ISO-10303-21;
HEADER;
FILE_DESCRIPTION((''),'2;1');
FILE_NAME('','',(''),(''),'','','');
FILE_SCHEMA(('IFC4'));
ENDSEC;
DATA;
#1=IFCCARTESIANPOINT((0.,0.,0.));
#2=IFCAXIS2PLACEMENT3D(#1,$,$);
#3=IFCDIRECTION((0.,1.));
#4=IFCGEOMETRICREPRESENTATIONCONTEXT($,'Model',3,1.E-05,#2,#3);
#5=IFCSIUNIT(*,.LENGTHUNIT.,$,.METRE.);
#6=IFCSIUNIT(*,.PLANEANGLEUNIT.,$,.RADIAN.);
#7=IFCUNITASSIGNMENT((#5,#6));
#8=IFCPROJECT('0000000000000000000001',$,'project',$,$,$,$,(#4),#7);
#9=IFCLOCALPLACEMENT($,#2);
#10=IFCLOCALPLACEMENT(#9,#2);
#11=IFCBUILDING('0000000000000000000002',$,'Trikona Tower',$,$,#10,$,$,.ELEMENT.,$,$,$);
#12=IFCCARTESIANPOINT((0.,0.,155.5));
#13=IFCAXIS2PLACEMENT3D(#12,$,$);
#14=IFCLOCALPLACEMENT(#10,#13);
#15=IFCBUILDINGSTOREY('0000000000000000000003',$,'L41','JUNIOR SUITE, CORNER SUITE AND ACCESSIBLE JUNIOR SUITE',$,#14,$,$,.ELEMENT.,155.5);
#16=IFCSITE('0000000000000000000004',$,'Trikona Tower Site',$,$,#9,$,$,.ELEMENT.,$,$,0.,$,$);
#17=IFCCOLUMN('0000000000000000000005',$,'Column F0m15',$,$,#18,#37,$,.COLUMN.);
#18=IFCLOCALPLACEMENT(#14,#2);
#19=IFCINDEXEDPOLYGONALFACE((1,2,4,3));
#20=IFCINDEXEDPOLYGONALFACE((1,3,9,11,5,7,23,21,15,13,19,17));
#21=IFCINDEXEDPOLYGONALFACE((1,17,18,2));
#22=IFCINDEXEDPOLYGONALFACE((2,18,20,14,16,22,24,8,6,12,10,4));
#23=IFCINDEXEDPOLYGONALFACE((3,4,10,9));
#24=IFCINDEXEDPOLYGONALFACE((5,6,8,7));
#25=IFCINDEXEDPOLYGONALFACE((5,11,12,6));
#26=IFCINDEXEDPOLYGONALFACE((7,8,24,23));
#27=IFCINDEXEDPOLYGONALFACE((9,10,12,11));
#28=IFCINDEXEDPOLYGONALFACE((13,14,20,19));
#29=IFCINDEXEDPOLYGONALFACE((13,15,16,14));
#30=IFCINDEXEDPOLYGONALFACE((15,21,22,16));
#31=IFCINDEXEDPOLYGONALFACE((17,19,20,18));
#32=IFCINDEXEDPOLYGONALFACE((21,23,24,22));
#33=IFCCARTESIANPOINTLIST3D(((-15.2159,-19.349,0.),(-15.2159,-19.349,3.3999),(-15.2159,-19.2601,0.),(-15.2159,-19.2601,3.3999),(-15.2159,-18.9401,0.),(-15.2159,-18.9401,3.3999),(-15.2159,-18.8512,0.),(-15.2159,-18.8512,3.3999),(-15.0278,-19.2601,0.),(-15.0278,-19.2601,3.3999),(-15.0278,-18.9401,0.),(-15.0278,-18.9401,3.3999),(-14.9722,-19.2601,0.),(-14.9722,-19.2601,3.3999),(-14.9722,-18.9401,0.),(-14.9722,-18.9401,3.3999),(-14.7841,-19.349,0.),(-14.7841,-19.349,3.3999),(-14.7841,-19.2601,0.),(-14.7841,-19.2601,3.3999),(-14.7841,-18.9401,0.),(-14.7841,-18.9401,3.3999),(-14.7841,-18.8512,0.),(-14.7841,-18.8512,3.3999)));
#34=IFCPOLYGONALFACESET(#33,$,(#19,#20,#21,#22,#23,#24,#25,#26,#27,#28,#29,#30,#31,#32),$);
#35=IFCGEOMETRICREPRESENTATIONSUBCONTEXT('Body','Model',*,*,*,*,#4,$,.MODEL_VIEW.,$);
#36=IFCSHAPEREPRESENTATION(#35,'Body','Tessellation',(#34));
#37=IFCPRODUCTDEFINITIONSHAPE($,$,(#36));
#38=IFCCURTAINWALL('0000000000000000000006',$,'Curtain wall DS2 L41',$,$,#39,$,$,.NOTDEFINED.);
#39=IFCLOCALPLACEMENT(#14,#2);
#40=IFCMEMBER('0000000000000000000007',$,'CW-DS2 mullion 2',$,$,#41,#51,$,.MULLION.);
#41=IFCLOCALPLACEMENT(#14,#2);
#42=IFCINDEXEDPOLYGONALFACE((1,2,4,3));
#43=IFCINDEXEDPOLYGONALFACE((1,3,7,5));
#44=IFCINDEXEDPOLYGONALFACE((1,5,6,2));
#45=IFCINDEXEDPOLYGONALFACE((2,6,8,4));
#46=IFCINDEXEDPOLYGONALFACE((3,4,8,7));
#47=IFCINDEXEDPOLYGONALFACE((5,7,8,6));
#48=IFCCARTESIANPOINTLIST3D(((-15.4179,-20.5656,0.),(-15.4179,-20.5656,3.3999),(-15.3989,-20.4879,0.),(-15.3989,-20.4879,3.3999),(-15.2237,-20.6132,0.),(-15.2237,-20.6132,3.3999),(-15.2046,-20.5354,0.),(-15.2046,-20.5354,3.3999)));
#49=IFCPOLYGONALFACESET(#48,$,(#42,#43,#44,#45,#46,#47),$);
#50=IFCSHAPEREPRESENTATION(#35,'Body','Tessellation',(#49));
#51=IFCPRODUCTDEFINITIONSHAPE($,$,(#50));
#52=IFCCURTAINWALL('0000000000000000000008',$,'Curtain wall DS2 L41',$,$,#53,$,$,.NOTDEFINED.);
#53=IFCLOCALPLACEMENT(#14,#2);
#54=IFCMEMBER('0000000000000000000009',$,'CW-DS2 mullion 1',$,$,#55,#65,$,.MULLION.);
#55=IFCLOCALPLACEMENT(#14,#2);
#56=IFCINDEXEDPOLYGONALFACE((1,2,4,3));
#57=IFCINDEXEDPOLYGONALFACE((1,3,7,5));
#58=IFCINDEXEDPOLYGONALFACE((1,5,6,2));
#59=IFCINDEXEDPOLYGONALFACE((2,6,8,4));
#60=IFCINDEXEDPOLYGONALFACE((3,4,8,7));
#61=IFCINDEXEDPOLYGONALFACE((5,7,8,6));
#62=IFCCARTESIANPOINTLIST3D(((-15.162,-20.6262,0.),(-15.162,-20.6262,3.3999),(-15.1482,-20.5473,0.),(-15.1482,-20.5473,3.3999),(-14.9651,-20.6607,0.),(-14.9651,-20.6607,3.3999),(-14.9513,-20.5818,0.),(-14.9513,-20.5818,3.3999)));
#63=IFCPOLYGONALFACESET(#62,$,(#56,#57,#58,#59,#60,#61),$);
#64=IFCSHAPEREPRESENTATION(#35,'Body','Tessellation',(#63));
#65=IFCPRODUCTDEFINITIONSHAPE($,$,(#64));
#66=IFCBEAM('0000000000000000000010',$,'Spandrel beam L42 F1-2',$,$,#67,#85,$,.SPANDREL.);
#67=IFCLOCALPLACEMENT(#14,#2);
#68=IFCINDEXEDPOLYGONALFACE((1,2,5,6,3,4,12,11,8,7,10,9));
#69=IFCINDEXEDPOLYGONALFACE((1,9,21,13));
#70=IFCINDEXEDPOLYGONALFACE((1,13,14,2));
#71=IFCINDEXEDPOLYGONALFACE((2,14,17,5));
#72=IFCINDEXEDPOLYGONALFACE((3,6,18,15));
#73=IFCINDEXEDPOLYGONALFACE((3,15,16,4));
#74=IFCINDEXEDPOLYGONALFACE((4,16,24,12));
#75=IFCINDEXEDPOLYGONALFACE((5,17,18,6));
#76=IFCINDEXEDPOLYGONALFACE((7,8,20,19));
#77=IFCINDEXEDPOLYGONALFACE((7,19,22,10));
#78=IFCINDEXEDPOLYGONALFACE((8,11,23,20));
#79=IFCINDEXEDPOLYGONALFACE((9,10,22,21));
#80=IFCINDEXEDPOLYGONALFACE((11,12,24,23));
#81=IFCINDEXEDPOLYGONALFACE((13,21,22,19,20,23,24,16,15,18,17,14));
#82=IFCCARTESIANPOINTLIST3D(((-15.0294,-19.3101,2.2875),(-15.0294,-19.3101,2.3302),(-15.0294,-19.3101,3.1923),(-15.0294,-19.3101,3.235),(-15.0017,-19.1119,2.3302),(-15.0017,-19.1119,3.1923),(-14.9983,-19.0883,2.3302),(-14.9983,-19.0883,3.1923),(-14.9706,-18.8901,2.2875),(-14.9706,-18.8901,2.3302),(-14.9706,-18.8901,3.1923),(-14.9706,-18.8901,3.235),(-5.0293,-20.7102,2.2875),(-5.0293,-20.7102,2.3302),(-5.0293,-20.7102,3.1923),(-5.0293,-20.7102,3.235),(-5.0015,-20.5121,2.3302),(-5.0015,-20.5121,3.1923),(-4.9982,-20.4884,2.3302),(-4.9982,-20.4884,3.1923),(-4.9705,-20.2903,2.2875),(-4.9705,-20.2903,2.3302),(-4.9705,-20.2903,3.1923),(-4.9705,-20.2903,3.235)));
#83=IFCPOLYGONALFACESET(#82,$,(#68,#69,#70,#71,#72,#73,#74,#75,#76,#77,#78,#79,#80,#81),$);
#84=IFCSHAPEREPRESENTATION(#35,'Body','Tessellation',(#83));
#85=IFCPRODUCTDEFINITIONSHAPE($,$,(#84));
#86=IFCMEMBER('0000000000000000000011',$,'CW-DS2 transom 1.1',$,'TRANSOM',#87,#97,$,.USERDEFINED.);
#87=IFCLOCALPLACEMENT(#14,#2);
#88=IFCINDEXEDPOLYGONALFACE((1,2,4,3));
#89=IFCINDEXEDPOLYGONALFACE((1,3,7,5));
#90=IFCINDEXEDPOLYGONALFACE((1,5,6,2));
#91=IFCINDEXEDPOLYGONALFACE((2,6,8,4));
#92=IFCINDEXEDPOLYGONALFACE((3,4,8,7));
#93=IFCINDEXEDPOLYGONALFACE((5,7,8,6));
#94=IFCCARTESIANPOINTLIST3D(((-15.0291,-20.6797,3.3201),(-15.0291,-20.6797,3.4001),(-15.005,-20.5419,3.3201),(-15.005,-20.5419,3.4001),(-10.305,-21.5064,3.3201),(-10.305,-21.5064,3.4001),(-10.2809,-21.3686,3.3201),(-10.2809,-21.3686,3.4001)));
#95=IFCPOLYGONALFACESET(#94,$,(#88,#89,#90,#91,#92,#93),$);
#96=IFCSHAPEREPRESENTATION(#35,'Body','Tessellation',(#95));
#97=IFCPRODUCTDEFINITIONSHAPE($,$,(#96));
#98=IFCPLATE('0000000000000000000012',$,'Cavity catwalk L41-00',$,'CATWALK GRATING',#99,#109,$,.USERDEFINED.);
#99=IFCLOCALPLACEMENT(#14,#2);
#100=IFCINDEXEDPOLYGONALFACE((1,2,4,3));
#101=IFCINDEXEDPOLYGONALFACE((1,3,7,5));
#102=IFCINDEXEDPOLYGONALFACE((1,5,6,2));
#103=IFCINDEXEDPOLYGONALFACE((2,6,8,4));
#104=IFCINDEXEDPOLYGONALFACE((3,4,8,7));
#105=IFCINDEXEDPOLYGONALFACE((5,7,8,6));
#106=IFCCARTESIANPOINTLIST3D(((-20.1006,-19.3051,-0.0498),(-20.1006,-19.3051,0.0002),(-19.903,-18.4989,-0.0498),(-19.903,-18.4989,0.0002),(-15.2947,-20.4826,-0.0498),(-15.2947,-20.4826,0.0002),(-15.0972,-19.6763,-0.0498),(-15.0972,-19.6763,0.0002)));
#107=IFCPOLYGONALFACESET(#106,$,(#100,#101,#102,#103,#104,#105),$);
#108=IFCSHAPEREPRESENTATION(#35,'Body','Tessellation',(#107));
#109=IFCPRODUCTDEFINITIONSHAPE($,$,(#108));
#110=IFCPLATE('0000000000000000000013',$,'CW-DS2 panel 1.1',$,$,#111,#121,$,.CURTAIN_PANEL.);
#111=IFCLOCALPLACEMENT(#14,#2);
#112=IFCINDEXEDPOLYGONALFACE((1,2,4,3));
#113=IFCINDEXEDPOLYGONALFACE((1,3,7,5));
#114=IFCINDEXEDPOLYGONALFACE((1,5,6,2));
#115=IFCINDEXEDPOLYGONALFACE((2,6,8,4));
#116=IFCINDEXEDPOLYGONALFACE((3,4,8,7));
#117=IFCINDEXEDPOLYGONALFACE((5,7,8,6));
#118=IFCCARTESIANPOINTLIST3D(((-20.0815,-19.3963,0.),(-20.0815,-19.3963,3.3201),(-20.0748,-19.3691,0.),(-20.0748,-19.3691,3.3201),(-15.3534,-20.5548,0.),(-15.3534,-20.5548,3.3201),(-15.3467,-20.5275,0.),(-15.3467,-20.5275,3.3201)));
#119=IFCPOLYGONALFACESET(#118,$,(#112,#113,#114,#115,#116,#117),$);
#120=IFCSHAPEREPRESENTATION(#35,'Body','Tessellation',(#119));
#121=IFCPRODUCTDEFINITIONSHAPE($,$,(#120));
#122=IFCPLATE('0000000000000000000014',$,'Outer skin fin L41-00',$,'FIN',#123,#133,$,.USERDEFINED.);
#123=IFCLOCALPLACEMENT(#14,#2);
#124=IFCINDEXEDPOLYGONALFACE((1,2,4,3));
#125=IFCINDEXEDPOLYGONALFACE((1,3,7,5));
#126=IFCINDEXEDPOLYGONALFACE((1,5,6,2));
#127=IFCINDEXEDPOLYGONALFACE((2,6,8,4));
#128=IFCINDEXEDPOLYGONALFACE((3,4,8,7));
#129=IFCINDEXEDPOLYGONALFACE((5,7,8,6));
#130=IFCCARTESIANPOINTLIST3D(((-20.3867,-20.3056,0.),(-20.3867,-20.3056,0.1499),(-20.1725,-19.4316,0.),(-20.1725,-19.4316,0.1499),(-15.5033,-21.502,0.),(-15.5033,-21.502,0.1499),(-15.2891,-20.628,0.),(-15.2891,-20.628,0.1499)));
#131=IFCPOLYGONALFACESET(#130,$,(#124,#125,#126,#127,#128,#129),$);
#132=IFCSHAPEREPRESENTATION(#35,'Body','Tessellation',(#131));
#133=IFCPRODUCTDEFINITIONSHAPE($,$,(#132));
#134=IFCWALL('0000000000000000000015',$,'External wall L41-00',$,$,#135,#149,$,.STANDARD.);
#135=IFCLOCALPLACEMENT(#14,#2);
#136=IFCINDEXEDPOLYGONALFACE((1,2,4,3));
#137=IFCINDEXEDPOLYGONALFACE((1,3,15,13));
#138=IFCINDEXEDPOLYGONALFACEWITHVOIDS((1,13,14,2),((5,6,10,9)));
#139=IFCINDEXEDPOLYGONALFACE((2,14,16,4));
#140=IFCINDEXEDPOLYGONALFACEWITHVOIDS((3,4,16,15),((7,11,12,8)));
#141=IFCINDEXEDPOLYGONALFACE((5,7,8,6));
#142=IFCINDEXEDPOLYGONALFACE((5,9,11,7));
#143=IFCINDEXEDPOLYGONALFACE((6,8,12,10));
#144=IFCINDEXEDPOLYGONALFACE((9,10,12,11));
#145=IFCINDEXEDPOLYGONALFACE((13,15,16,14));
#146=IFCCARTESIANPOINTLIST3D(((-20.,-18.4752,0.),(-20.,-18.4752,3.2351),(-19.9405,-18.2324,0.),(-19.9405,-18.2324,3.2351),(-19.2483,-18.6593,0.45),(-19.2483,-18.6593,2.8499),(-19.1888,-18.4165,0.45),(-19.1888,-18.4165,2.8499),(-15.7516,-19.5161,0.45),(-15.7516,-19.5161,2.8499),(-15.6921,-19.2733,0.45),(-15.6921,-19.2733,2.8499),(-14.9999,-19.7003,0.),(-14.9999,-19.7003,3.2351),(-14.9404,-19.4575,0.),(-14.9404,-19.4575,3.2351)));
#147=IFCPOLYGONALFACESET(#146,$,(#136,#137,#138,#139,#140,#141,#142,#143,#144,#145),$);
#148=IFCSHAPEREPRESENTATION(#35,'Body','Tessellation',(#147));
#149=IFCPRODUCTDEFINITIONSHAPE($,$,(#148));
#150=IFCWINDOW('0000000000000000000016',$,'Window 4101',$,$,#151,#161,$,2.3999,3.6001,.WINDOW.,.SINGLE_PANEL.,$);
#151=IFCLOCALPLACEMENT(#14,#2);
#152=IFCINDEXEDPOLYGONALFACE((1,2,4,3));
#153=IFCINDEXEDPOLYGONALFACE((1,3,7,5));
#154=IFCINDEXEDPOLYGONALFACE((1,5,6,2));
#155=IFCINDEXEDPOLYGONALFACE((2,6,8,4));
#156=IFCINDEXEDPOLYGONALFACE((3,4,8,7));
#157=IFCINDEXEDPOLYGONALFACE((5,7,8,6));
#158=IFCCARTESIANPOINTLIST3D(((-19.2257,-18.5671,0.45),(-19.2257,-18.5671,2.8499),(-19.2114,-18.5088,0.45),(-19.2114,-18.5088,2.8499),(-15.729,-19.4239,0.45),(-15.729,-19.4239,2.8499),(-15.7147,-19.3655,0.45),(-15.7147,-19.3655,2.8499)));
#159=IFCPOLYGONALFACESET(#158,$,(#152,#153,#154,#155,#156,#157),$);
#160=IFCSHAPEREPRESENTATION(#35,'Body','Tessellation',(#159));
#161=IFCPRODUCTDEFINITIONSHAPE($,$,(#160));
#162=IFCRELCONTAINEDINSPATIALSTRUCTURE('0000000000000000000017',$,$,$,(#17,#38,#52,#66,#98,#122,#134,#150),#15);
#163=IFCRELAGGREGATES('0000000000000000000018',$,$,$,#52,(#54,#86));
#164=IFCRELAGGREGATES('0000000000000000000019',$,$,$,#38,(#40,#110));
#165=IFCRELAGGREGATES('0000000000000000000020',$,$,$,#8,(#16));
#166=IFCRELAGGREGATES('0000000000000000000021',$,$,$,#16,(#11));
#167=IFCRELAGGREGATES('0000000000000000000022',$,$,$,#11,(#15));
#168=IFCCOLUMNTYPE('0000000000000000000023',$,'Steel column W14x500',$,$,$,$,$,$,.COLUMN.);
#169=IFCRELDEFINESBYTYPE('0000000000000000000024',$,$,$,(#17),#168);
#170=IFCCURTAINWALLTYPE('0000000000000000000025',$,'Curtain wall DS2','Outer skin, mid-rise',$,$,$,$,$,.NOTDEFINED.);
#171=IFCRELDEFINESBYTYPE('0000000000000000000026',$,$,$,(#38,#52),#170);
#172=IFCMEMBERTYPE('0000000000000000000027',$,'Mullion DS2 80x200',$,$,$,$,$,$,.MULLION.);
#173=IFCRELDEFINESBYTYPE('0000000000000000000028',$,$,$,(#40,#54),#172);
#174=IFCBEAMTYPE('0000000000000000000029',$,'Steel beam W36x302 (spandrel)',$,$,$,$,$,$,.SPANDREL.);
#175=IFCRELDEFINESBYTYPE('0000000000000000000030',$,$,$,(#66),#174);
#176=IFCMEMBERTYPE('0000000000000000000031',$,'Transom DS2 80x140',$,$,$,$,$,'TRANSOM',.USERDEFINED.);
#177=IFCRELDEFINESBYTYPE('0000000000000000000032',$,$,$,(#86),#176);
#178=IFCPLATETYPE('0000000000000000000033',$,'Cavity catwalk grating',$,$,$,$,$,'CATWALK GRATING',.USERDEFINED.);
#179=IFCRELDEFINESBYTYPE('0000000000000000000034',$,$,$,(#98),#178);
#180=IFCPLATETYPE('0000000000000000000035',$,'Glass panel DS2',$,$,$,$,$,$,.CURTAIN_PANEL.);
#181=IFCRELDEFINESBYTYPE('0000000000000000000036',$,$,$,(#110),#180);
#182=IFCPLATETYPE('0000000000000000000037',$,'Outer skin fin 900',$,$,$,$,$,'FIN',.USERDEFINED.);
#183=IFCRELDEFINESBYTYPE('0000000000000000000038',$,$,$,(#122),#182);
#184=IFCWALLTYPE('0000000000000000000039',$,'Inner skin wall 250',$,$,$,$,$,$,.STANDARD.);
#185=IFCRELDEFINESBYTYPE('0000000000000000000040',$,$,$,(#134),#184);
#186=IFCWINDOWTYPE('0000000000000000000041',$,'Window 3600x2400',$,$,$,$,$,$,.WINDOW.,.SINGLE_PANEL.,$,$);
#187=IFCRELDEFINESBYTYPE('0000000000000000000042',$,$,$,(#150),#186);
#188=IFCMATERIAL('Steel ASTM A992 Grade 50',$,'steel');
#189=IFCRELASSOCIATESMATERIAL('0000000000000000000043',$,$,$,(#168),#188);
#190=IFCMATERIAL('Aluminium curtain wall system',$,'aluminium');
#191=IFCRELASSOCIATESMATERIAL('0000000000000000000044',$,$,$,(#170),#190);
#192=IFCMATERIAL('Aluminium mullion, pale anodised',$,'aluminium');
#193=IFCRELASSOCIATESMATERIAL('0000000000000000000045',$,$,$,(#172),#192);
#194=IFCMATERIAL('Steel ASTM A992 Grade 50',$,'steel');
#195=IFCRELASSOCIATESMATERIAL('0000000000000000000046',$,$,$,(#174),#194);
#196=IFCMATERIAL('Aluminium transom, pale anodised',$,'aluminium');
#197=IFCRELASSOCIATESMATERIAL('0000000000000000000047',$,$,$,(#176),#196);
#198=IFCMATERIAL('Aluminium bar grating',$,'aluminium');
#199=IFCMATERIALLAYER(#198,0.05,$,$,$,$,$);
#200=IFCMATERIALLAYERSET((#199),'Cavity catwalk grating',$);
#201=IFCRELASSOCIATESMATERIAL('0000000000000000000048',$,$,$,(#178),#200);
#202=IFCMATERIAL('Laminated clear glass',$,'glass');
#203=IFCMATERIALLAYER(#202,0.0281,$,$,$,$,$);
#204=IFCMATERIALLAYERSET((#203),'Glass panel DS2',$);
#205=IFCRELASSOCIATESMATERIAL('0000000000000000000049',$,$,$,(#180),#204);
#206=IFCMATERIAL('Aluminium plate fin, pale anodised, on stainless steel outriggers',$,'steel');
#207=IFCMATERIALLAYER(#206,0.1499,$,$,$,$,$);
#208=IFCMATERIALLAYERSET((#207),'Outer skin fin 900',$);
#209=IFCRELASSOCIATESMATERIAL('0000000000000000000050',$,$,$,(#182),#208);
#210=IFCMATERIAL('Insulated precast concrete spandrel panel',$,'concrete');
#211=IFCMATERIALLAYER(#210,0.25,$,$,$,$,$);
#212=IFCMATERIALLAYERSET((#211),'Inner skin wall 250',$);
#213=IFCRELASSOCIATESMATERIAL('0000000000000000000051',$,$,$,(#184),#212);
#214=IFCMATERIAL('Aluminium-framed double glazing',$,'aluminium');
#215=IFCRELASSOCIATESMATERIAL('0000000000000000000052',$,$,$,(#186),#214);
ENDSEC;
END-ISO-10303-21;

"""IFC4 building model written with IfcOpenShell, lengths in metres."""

from ifc_helpers import new_model, si_unit, direction, frame, frame_2d, origin, origin_2d, place, context, subcontext, project, spatial, rectangle, i_section, extrude, material, layer, layer_set, material_profile, profile_set, type_object, element, fill, aggregate, save


model = new_model("IFC4")

# Units and contexts
model_context = context("Model", 3, precision=1e-05, world=origin(), true_north=direction((0.0, 1.0)))
body_context = subcontext(model_context, "Body", "Model", "MODEL_VIEW")
ifc_project = project(units=[si_unit("LENGTHUNIT", "METRE"), si_unit("PLANEANGLEUNIT", "RADIAN")], contexts=[model_context])

# Site, building, storey
site_placement = place(None, origin())
site = spatial("IfcSite", under=ifc_project, at=site_placement, Name="Trikona Tower Site", CompositionType="ELEMENT", RefElevation=0.0)
building_placement = place(site_placement, origin())
building = spatial("IfcBuilding", under=site, at=building_placement, Name="Trikona Tower", CompositionType="ELEMENT")
storey_placement = place(building_placement, frame((0.0, 0.0, 155.5)))
storey = spatial("IfcBuildingStorey", under=building, at=storey_placement, Name="L41", Description="JUNIOR SUITE, CORNER SUITE AND ACCESSIBLE JUNIOR SUITE", CompositionType="ELEMENT", Elevation=155.5)

# Column
ifc_material_1 = material(Name="Steel ASTM A992 Grade 50", Category="steel")
ifc_material_profile_1 = material_profile(ifc_material_1, i_section(OverallWidth=0.4319, OverallDepth=0.4978, WebThickness=0.0557, FlangeThickness=0.0889, at=origin_2d()), Name="W14X500")
ifc_profile_set_1 = profile_set([ifc_material_profile_1], Name="Steel ASTM A992 Grade 50")
column_type = type_object("IfcColumnType", Name="Steel column W14x500", PredefinedType="COLUMN", material=ifc_profile_set_1)
column_placement = place(storey_placement, frame((-15.0, -19.1001, 0.0), z_axis=(0.0, 0.0, 1.0), x_axis=(1.0, 0.0, 0.0)))
element("IfcColumn", 1, at=column_placement, inside=storey, type_object=column_type, Name="Column F0m15", PredefinedType="COLUMN", context=body_context, shape_type="SweptSolid", body=[
    extrude(i_section(OverallWidth=0.4319, OverallDepth=0.4978, WebThickness=0.0557, FlangeThickness=0.0889, at=origin_2d()), origin(), (0.0, 0.0, 1.0), 3.3999),
])

# Curtain walls, members
ifc_material_2 = material(Name="Aluminium curtain wall system", Category="aluminium")
curtain_wall_type = type_object("IfcCurtainWallType", Name="Curtain wall DS2", Description="Outer skin, mid-rise", PredefinedType="NOTDEFINED", material=ifc_material_2)
curtain_wall_1_placement = place(storey_placement, origin())
curtain_wall_1 = element("IfcCurtainWall", 2, at=curtain_wall_1_placement, inside=storey, type_object=curtain_wall_type, Name="Curtain wall DS2 L41", PredefinedType="NOTDEFINED")
ifc_material_3 = material(Name="Aluminium mullion, pale anodised", Category="aluminium")
ifc_material_profile_2 = material_profile(ifc_material_3, rectangle(XDim=0.0801, YDim=0.2, at=origin_2d()), Name="MUL-DS2")
ifc_profile_set_2 = profile_set([ifc_material_profile_2], Name="Aluminium mullion, pale anodised")
member_type_1 = type_object("IfcMemberType", Name="Mullion DS2 80x200", PredefinedType="MULLION", material=ifc_profile_set_2)
member_1_placement = place(storey_placement, frame((-15.3113, -20.5505, 0.0), z_axis=(0.0, 0.0, 1.0), x_axis=(0.23797, 0.971272, 0.0)))
member_1 = element("IfcMember", 3, at=member_1_placement, type_object=member_type_1, Name="CW-DS2 mullion 2", PredefinedType="MULLION", context=body_context, shape_type="SweptSolid", body=[
    extrude(rectangle(XDim=0.0801, YDim=0.2, at=origin_2d()), origin(), (0.0, 0.0, 1.0), 3.3999),
])
curtain_wall_2_placement = place(storey_placement, origin())
curtain_wall_2 = element("IfcCurtainWall", 4, at=curtain_wall_2_placement, inside=storey, type_object=curtain_wall_type, Name="Curtain wall DS2 L41", PredefinedType="NOTDEFINED")
member_2_placement = place(storey_placement, frame((-15.0566, -20.604, 0.0), z_axis=(0.0, 0.0, 1.0), x_axis=(0.172377, 0.985031, 0.0)))
member_2 = element("IfcMember", 5, at=member_2_placement, type_object=member_type_1, Name="CW-DS2 mullion 1", PredefinedType="MULLION", context=body_context, shape_type="SweptSolid", body=[
    extrude(rectangle(XDim=0.0801, YDim=0.2, at=origin_2d()), origin(), (0.0, 0.0, 1.0), 3.3999),
])

# Beam
ifc_material_4 = material(Name="Steel ASTM A992 Grade 50", Category="steel")
ifc_material_profile_3 = material_profile(ifc_material_4, i_section(OverallWidth=0.4241, OverallDepth=0.9475, WebThickness=0.0239, FlangeThickness=0.0427, at=origin_2d()), Name="W36X302")
ifc_profile_set_3 = profile_set([ifc_material_profile_3], Name="Steel ASTM A992 Grade 50")
beam_type = type_object("IfcBeamType", Name="Steel beam W36x302 (spandrel)", PredefinedType="SPANDREL", material=ifc_profile_set_3)
beam_placement = place(storey_placement, frame((-15.0, -19.1001, 2.7612), z_axis=(0.99034, -0.138662, 0.0), x_axis=(0.138662, 0.99034, 0.0)))
element("IfcBeam", 6, at=beam_placement, inside=storey, type_object=beam_type, Name="Spandrel beam L42 F1-2", PredefinedType="SPANDREL", context=body_context, shape_type="SweptSolid", body=[
    extrude(i_section(OverallWidth=0.4241, OverallDepth=0.9475, WebThickness=0.0239, FlangeThickness=0.0427, at=origin_2d()), origin(), (0.0, 0.0, 1.0), 10.0977),
])

# Member
ifc_material_5 = material(Name="Aluminium transom, pale anodised", Category="aluminium")
ifc_material_profile_4 = material_profile(ifc_material_5, rectangle(XDim=0.1399, YDim=0.0801, at=origin_2d()), Name="TRN-DS2")
ifc_profile_set_4 = profile_set([ifc_material_profile_4], Name="Aluminium transom, pale anodised")
member_type_2 = type_object("IfcMemberType", Name="Transom DS2 80x140", ElementType="TRANSOM", PredefinedType="USERDEFINED", material=ifc_profile_set_4)
member_3_placement = place(storey_placement, frame((-15.0171, -20.6108, 3.3601), z_axis=(0.985033, -0.172368, 0.0), x_axis=(0.172368, 0.985033, 0.0)))
member_3 = element("IfcMember", 7, at=member_3_placement, type_object=member_type_2, Name="CW-DS2 transom 1.1", ObjectType="TRANSOM", PredefinedType="USERDEFINED", context=body_context, shape_type="SweptSolid", body=[
    extrude(rectangle(XDim=0.1399, YDim=0.0801, at=origin_2d()), origin(), (0.0, 0.0, 1.0), 4.7959),
])
aggregate(curtain_wall_2, [member_2, member_3])

# Plates
ifc_material_6 = material(Name="Aluminium bar grating", Category="aluminium")
ifc_layer_1 = layer(ifc_material_6, 0.05)
ifc_layer_set_1 = layer_set([ifc_layer_1], Name="Cavity catwalk grating")
plate_type_1 = type_object("IfcPlateType", Name="Cavity catwalk grating", ElementType="CATWALK GRATING", PredefinedType="USERDEFINED", material=ifc_layer_set_1)
plate_1_placement = place(storey_placement, frame((-17.5989, -19.4907, -0.0498), z_axis=(0.0, 0.0, 1.0), x_axis=(0.971274, -0.237962, 0.0)))
element("IfcPlate", 8, at=plate_1_placement, inside=storey, type_object=plate_type_1, Name="Cavity catwalk L41-00", ObjectType="CATWALK GRATING", PredefinedType="USERDEFINED", context=body_context, shape_type="SweptSolid", body=[
    extrude(rectangle(XDim=4.948, YDim=0.8301, at=origin_2d()), origin(), (0.0, 0.0, 1.0), 0.05),
])
ifc_material_7 = material(Name="Laminated clear glass", Category="glass")
ifc_layer_2 = layer(ifc_material_7, 0.0281)
ifc_layer_set_2 = layer_set([ifc_layer_2], Name="Glass panel DS2")
plate_type_2 = type_object("IfcPlateType", Name="Glass panel DS2", PredefinedType="CURTAIN_PANEL", material=ifc_layer_set_2)
plate_2_placement = place(storey_placement, frame((-17.7141, -19.9619, 0.0), z_axis=(0.0, 0.0, 1.0), x_axis=(0.971272, -0.23797, 0.0)))
plate_2 = element("IfcPlate", 9, at=plate_2_placement, type_object=plate_type_2, Name="CW-DS2 panel 1.1", PredefinedType="CURTAIN_PANEL", context=body_context, shape_type="SweptSolid", body=[
    extrude(rectangle(XDim=4.8679, YDim=0.0281, at=origin_2d()), origin(), (0.0, 0.0, 1.0), 3.3201),
])
aggregate(curtain_wall_1, [member_1, plate_2])
ifc_material_8 = material(Name="Aluminium plate fin, pale anodised, on stainless steel outriggers", Category="steel")
ifc_layer_3 = layer(ifc_material_8, 0.1499)
ifc_layer_set_3 = layer_set([ifc_layer_3], Name="Outer skin fin 900")
plate_type_3 = type_object("IfcPlateType", Name="Outer skin fin 900", ElementType="FIN", PredefinedType="USERDEFINED", material=ifc_layer_set_3)
plate_3_placement = place(storey_placement, frame((-17.8379, -20.4668, 0.0), z_axis=(0.0, 0.0, 1.0), x_axis=(0.971274, -0.237962, 0.0)))
element("IfcPlate", 10, at=plate_3_placement, inside=storey, type_object=plate_type_3, Name="Outer skin fin L41-00", ObjectType="FIN", PredefinedType="USERDEFINED", context=body_context, shape_type="SweptSolid", body=[
    extrude(rectangle(XDim=5.0278, YDim=0.8999, at=origin_2d()), origin(), (0.0, 0.0, 1.0), 0.1499),
])

# Wall, opening, window
ifc_material_9 = material(Name="Insulated precast concrete spandrel panel", Category="concrete")
ifc_layer_4 = layer(ifc_material_9, 0.25)
ifc_layer_set_4 = layer_set([ifc_layer_4], Name="Inner skin wall 250")
wall_type_1 = type_object("IfcWallType", Name="Inner skin wall 250", PredefinedType="STANDARD", material=ifc_layer_set_4)
wall_1_placement = place(storey_placement, frame((-19.9702, -18.3538, 0.0), z_axis=(0.0, 0.0, 1.0), x_axis=(0.97127, -0.23798, 0.0)))
wall_1 = element("IfcWall", 11, at=wall_1_placement, inside=storey, type_object=wall_type_1, Name="External wall L41-00", PredefinedType="STANDARD", context=body_context, shape_type="SweptSolid", body=[
    extrude(rectangle(XDim=5.1479, YDim=0.25, at=frame_2d((2.574, 0.0))), origin(), (0.0, 0.0, 1.0), 3.2351),
])
opening_1_placement = place(wall_1_placement, frame((0.7739, 0.0, 0.45)))
opening_1 = element("IfcOpeningElement", 12, at=opening_1_placement, cuts=wall_1, PredefinedType="OPENING", context=body_context, shape_type="SweptSolid", body=[
    extrude(rectangle(XDim=3.6001, YDim=2.3999, at=frame_2d((1.8, 1.2))), frame((0.0, 0.135, 0.0), z_axis=(0.0, -1.0, 0.0), x_axis=(1.0, 0.0, 0.0)), (0.0, 0.0, 1.0), 0.27),
])
ifc_material_10 = material(Name="Aluminium-framed double glazing", Category="aluminium")
window_type = type_object("IfcWindowType", Name="Window 3600x2400", PartitioningType="SINGLE_PANEL", PredefinedType="WINDOW", material=ifc_material_10)
window_1_placement = place(opening_1_placement, origin())
window_1 = element("IfcWindow", 13, at=window_1_placement, inside=storey, type_object=window_type, Name="Window 4101", OverallHeight=2.3999, OverallWidth=3.6001, PartitioningType="SINGLE_PANEL", PredefinedType="WINDOW", context=body_context, shape_type="SweptSolid", body=[
    extrude(rectangle(XDim=3.6001, YDim=2.3999, at=frame_2d((1.8, 1.2))), frame((0.0, 0.03, 0.0), z_axis=(0.0, -1.0, 0.0), x_axis=(1.0, 0.0, 0.0)), (0.0, 0.0, 1.0), 0.0601),
])
fill(opening_1, window_1)

save(model, "model.ifc")
